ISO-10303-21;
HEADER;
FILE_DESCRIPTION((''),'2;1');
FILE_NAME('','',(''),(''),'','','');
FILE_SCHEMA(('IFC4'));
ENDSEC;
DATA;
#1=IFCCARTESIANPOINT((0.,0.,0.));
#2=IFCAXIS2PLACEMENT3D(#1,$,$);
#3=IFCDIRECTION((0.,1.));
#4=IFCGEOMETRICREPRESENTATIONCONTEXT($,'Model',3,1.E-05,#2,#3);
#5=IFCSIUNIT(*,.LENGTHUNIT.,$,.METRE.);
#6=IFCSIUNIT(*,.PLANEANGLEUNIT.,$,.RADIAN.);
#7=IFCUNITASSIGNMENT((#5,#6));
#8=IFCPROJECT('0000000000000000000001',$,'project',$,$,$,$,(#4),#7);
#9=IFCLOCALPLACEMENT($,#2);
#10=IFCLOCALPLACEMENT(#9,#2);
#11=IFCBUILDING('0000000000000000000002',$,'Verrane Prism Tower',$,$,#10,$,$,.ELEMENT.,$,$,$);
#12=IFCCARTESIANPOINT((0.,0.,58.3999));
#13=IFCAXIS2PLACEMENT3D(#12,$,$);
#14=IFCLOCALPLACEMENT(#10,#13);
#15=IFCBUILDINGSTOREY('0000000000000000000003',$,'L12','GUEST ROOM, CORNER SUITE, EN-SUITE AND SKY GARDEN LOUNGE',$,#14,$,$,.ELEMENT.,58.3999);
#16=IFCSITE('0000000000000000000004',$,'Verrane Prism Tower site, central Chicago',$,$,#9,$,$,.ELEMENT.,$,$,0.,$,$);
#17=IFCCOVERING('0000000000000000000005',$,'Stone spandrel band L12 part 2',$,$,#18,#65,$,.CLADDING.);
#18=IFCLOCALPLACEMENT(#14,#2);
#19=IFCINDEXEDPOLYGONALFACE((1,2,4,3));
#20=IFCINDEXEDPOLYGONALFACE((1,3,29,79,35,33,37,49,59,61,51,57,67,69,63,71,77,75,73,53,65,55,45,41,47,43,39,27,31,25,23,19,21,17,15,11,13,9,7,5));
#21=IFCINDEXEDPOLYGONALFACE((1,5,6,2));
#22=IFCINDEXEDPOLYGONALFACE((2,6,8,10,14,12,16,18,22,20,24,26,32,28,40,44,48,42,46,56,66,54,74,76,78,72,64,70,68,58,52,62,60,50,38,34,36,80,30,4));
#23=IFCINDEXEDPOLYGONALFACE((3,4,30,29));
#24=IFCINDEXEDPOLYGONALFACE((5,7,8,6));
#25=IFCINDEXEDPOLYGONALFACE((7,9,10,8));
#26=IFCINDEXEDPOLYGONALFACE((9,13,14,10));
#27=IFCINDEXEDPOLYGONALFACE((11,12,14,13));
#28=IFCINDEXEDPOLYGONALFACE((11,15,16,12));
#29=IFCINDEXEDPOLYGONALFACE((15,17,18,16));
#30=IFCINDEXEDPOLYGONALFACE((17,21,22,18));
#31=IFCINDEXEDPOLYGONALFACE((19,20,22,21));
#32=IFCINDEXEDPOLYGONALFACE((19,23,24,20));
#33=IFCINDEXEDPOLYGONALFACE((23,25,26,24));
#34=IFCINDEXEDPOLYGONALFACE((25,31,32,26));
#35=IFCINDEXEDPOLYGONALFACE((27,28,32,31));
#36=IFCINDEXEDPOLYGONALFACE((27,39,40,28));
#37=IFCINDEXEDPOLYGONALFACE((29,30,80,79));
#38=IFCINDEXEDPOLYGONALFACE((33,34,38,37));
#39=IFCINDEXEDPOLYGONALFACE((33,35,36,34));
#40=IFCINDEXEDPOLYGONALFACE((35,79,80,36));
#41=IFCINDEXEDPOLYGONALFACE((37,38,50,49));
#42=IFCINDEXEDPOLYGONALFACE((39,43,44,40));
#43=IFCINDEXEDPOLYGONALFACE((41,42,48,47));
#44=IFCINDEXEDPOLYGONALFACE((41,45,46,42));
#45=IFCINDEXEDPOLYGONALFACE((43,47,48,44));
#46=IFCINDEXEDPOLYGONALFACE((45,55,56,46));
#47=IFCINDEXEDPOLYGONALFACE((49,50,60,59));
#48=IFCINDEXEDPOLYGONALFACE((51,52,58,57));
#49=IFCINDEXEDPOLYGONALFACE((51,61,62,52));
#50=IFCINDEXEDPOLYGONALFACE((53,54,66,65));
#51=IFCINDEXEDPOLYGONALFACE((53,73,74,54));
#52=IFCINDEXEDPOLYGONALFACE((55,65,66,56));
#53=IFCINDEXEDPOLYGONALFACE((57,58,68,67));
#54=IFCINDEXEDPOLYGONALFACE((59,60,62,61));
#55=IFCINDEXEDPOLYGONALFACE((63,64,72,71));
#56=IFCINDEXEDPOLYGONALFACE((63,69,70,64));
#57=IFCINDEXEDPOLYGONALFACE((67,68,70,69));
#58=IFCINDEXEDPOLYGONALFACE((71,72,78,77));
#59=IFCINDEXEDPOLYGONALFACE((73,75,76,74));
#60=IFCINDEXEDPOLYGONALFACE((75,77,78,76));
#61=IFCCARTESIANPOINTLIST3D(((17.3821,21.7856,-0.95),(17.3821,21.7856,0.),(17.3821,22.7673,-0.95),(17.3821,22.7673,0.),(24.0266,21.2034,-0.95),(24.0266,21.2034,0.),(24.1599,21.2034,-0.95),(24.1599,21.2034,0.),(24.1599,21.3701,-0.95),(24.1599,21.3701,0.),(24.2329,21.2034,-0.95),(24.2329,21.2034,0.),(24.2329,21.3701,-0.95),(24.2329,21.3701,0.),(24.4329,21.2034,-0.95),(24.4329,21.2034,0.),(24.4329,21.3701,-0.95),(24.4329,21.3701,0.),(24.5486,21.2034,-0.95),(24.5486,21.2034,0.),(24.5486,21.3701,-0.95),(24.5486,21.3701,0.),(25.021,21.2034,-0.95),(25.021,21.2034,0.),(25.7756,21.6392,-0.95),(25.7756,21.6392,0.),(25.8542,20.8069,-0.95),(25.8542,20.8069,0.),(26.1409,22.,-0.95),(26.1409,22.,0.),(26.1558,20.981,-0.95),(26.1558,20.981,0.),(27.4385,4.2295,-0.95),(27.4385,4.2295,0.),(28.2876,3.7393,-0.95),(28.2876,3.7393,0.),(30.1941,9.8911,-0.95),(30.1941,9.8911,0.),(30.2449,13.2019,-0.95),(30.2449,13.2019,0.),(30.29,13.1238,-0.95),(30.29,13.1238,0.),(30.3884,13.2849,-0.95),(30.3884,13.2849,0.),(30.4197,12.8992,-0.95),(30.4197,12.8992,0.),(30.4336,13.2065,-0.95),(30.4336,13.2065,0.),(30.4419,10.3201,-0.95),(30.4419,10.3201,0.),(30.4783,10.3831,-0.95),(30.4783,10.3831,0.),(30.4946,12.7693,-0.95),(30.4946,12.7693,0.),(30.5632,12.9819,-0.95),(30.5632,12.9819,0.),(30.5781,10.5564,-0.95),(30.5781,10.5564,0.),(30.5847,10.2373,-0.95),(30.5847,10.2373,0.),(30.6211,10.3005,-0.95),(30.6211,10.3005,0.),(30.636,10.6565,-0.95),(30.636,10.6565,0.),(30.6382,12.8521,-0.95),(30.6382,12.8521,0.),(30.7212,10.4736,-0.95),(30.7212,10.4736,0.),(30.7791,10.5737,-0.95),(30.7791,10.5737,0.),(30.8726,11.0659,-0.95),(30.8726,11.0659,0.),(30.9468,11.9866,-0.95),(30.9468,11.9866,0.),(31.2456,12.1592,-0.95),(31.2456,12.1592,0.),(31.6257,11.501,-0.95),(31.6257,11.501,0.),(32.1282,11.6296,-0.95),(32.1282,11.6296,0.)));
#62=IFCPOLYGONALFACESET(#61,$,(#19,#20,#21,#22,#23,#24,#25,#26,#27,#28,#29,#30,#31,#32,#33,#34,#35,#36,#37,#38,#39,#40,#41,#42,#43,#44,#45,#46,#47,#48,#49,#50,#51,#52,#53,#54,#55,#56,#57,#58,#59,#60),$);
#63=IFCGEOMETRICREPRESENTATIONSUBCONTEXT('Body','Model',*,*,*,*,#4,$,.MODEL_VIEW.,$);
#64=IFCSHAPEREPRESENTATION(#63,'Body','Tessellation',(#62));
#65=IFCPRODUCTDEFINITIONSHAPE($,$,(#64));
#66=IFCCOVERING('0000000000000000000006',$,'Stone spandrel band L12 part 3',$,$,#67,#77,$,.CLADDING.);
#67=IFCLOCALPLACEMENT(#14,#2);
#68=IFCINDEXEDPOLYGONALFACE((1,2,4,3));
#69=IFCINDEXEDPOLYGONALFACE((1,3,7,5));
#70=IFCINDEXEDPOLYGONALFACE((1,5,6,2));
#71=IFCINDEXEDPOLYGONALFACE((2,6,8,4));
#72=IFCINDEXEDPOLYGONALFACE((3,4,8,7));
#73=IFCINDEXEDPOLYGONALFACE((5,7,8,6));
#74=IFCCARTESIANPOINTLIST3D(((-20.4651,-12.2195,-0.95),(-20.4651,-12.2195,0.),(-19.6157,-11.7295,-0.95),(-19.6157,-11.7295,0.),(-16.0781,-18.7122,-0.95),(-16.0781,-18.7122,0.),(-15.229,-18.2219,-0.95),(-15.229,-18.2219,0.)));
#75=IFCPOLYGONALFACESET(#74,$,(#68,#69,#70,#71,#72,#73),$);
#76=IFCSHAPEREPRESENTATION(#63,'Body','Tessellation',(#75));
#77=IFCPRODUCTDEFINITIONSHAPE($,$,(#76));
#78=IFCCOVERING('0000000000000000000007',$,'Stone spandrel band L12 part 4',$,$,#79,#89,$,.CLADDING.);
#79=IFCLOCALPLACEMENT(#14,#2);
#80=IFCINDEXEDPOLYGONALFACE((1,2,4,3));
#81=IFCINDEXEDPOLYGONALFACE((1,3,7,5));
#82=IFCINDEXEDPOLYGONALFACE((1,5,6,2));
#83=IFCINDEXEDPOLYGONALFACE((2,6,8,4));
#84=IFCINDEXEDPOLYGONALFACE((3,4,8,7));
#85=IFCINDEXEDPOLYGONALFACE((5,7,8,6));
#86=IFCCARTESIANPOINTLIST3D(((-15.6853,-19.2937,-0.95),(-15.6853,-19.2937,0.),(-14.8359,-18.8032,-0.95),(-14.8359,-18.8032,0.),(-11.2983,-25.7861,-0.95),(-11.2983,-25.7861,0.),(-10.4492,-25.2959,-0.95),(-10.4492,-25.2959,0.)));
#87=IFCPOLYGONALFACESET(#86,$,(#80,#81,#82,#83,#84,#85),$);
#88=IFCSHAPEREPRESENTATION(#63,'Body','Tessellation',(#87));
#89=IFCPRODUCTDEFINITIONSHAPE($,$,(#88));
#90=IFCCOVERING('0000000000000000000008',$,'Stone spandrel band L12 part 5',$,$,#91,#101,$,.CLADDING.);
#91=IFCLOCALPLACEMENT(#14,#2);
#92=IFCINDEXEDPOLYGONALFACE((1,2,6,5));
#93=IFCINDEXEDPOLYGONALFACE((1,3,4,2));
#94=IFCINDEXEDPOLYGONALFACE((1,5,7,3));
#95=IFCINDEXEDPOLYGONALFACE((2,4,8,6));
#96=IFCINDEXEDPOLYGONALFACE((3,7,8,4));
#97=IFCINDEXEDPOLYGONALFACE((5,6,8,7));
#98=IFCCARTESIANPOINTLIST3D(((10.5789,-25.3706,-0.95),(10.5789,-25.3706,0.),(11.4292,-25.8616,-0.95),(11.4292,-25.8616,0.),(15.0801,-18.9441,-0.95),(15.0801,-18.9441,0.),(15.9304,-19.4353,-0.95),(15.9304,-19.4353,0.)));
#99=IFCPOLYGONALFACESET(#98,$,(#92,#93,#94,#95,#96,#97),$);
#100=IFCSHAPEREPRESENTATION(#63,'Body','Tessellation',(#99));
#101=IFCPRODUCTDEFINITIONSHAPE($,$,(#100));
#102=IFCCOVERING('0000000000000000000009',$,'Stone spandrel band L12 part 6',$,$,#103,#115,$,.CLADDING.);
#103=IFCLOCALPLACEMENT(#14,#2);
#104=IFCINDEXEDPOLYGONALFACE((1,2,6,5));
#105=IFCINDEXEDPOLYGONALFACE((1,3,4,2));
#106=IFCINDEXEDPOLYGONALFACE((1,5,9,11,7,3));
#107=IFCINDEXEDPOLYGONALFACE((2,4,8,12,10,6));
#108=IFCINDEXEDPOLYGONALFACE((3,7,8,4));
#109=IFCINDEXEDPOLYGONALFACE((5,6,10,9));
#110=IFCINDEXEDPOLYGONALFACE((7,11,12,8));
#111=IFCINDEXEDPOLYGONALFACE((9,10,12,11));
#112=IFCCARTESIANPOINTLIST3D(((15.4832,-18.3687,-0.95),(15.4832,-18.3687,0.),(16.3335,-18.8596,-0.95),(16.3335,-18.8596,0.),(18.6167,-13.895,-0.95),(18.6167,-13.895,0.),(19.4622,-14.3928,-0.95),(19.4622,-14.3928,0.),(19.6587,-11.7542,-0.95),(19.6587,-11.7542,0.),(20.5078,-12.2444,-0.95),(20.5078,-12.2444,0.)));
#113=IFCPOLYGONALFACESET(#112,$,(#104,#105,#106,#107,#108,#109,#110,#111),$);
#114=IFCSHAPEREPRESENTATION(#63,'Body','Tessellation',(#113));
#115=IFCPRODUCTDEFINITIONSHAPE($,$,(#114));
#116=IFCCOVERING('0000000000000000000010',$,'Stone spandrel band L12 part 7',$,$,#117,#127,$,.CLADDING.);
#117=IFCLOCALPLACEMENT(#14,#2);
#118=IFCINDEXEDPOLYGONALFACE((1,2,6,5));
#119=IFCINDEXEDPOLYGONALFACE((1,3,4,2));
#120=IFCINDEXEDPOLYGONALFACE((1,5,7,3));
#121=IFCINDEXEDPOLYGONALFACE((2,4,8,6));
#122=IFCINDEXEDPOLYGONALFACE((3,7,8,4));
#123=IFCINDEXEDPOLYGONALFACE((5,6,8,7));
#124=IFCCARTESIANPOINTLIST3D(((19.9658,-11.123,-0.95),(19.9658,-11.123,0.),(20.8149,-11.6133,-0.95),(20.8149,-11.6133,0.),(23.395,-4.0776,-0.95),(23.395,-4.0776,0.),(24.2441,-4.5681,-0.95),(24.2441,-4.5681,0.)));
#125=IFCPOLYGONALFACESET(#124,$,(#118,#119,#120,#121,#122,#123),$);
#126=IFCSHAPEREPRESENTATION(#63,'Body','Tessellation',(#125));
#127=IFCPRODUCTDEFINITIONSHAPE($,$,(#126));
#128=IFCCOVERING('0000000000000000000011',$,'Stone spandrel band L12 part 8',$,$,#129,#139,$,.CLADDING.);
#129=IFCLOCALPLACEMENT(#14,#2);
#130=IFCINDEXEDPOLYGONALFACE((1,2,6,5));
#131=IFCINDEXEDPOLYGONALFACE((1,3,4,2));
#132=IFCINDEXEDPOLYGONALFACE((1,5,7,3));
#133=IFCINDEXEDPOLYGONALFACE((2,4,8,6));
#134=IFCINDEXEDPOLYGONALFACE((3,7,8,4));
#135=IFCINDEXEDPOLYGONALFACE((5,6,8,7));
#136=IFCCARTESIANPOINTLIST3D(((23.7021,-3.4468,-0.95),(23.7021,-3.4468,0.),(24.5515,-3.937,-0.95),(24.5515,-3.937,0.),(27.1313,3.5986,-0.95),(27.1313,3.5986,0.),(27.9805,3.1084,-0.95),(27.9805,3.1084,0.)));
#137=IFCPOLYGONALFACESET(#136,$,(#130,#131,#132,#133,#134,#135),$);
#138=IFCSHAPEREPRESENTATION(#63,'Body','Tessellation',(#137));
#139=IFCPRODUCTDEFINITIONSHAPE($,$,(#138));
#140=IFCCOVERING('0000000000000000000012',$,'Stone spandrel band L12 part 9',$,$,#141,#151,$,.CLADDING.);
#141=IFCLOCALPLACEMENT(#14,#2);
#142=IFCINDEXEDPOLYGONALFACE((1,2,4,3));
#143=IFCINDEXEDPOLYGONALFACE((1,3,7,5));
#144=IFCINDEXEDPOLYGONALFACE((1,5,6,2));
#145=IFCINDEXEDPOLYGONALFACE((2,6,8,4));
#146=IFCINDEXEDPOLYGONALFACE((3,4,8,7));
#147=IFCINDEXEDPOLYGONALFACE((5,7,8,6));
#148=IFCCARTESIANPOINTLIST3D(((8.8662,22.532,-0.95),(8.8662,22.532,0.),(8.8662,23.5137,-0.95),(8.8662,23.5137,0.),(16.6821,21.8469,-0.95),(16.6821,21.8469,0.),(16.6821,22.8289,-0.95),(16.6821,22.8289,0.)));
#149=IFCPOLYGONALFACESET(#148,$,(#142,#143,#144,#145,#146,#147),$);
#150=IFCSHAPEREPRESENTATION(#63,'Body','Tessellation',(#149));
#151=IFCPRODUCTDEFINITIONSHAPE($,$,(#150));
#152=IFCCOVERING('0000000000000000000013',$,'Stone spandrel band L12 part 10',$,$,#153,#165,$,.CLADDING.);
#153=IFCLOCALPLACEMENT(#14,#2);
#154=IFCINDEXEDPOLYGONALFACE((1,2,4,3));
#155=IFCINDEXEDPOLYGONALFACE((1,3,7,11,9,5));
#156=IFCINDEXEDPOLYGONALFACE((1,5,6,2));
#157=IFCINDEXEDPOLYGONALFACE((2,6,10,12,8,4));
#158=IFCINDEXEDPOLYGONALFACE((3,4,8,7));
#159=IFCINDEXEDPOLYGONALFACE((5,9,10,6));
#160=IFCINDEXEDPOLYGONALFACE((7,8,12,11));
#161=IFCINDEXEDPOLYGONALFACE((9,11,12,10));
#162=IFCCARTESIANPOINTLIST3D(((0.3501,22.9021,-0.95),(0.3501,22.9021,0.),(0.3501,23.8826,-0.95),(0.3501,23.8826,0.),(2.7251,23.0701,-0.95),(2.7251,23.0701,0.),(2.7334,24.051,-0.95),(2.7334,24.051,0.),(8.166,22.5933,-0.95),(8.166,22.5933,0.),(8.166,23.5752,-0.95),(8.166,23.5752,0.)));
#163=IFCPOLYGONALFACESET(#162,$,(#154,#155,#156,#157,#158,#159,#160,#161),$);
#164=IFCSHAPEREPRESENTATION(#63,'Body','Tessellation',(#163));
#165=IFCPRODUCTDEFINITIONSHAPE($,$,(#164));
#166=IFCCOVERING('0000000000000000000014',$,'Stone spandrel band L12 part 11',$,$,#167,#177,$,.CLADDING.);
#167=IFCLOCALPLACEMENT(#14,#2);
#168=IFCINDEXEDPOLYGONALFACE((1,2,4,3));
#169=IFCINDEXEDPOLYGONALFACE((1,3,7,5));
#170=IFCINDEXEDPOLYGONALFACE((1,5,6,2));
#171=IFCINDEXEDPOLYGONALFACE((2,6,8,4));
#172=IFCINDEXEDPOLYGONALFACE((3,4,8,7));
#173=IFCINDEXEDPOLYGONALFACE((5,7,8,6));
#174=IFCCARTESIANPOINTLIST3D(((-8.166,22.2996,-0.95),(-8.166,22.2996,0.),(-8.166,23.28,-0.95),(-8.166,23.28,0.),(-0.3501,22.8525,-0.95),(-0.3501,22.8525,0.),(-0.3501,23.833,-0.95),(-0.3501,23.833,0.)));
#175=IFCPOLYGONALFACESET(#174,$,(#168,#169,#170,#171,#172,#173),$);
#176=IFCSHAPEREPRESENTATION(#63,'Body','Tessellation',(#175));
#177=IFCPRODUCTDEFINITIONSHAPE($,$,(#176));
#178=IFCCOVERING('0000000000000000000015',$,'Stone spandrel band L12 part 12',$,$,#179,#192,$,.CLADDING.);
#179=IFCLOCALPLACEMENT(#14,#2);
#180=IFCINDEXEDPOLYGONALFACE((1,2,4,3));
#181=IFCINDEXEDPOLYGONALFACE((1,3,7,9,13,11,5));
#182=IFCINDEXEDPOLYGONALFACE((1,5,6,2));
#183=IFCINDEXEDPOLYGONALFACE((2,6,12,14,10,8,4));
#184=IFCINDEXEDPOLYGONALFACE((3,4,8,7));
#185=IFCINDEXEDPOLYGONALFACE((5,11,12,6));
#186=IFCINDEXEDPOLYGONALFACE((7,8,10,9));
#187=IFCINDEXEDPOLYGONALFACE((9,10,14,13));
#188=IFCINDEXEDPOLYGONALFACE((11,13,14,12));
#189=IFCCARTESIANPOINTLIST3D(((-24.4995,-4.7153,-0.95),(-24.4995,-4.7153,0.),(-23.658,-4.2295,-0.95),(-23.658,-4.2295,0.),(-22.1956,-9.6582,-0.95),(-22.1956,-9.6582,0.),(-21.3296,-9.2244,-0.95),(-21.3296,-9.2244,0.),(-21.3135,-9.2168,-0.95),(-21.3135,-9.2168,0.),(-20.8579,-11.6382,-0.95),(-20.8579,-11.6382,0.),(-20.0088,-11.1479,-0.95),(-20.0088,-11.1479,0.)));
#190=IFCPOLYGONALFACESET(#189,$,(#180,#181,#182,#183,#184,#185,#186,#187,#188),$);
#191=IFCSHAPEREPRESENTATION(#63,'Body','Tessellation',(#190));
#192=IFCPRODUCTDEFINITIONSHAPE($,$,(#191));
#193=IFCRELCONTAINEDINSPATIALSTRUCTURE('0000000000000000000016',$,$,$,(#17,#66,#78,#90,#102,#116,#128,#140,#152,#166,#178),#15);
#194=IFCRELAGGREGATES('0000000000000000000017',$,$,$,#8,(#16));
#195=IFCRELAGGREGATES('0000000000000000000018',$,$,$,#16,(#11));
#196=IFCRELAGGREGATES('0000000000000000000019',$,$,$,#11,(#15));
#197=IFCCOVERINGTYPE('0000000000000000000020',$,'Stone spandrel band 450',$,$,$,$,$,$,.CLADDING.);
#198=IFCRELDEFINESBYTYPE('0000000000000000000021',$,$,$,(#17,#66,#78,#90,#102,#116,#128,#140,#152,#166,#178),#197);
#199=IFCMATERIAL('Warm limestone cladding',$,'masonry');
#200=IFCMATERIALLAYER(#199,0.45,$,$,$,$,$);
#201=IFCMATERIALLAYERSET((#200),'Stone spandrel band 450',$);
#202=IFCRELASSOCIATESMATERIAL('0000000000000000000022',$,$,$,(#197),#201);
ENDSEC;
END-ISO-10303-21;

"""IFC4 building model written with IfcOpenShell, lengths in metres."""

from ifc_helpers import new_model, si_unit, direction, frame, origin, place, context, subcontext, project, spatial, polyline, outline, extrude, material, layer, layer_set, type_object, element, save


model = new_model("IFC4")

# Units and contexts
model_context = context("Model", 3, precision=1e-05, world=origin(), true_north=direction((0.0, 1.0)))
body_context = subcontext(model_context, "Body", "Model", "MODEL_VIEW")
ifc_project = project(units=[si_unit("LENGTHUNIT", "METRE"), si_unit("PLANEANGLEUNIT", "RADIAN")], contexts=[model_context])

# Site, building, storey
site_placement = place(None, origin())
site = spatial("IfcSite", under=ifc_project, at=site_placement, Name="Verrane Prism Tower site, central Chicago", CompositionType="ELEMENT", RefElevation=0.0)
building_placement = place(site_placement, origin())
building = spatial("IfcBuilding", under=site, at=building_placement, Name="Verrane Prism Tower", CompositionType="ELEMENT")
storey_placement = place(building_placement, frame((0.0, 0.0, 58.3999)))
storey = spatial("IfcBuildingStorey", under=building, at=storey_placement, Name="L12", Description="GUEST ROOM, CORNER SUITE, EN-SUITE AND SKY GARDEN LOUNGE", CompositionType="ELEMENT", Elevation=58.3999)

# Coverings
ifc_material_1 = material(Name="Warm limestone cladding", Category="masonry")
ifc_layer_1 = layer(ifc_material_1, 0.45)
ifc_layer_set_1 = layer_set([ifc_layer_1], Name="Stone spandrel band 450")
covering_type_1 = type_object("IfcCoveringType", Name="Stone spandrel band 450", PredefinedType="CLADDING", material=ifc_layer_set_1)
covering_1_placement = place(storey_placement, frame((0.0, 0.0, -0.95)))
element("IfcCovering", 1, at=covering_1_placement, inside=storey, type_object=covering_type_1, Name="Stone spandrel band L12 part 2", PredefinedType="CLADDING", context=body_context, shape_type="SweptSolid", body=[
    extrude(outline(polyline([(26.1409, 22.0), (17.3821, 22.7673), (17.3821, 21.7856), (24.0266, 21.2034), (24.1599, 21.2034), (24.1599, 21.3701), (24.2329, 21.3701), (24.2329, 21.2034), (24.4329, 21.2034), (24.4329, 21.3701), (24.5486, 21.3701), (24.5486, 21.2034), (25.021, 21.2034), (25.7756, 21.6392), (26.1558, 20.981), (25.8542, 20.8069), (30.2449, 13.2019), (30.3884, 13.2849), (30.4336, 13.2065), (30.29, 13.1238), (30.4197, 12.8992), (30.5632, 12.9819), (30.6382, 12.8521), (30.4946, 12.7693), (30.9468, 11.9866), (31.2456, 12.1592), (31.6257, 11.501), (30.8726, 11.0659), (30.636, 10.6565), (30.7791, 10.5737), (30.7212, 10.4736), (30.5781, 10.5564), (30.4783, 10.3831), (30.6211, 10.3005), (30.5847, 10.2373), (30.4419, 10.3201), (30.1941, 9.8911), (27.4385, 4.2295), (28.2876, 3.7393), (32.1282, 11.6296), (26.1409, 22.0)])), origin(), (0.0, 0.0, 1.0), 0.95),
])
covering_2_placement = place(storey_placement, frame((0.0, 0.0, -0.95)))
element("IfcCovering", 2, at=covering_2_placement, inside=storey, type_object=covering_type_1, Name="Stone spandrel band L12 part 3", PredefinedType="CLADDING", context=body_context, shape_type="SweptSolid", body=[
    extrude(outline(polyline([(-16.0781, -18.7122), (-15.229, -18.2219), (-19.6157, -11.7295), (-20.4651, -12.2195), (-16.0781, -18.7122)])), origin(), (0.0, 0.0, 1.0), 0.95),
])
covering_3_placement = place(storey_placement, frame((0.0, 0.0, -0.95)))
element("IfcCovering", 3, at=covering_3_placement, inside=storey, type_object=covering_type_1, Name="Stone spandrel band L12 part 4", PredefinedType="CLADDING", context=body_context, shape_type="SweptSolid", body=[
    extrude(outline(polyline([(-10.4492, -25.2959), (-14.8359, -18.8032), (-15.6853, -19.2937), (-11.2983, -25.7861), (-10.4492, -25.2959)])), origin(), (0.0, 0.0, 1.0), 0.95),
])
covering_4_placement = place(storey_placement, frame((0.0, 0.0, -0.95)))
element("IfcCovering", 4, at=covering_4_placement, inside=storey, type_object=covering_type_1, Name="Stone spandrel band L12 part 5", PredefinedType="CLADDING", context=body_context, shape_type="SweptSolid", body=[
    extrude(outline(polyline([(15.0801, -18.9441), (10.5789, -25.3706), (11.4292, -25.8616), (15.9304, -19.4353), (15.0801, -18.9441)])), origin(), (0.0, 0.0, 1.0), 0.95),
])
covering_5_placement = place(storey_placement, frame((0.0, 0.0, -0.95)))
element("IfcCovering", 5, at=covering_5_placement, inside=storey, type_object=covering_type_1, Name="Stone spandrel band L12 part 6", PredefinedType="CLADDING", context=body_context, shape_type="SweptSolid", body=[
    extrude(outline(polyline([(19.6587, -11.7542), (18.6167, -13.895), (15.4832, -18.3687), (16.3335, -18.8596), (19.4622, -14.3928), (20.5078, -12.2444), (19.6587, -11.7542)])), origin(), (0.0, 0.0, 1.0), 0.95),
])
covering_6_placement = place(storey_placement, frame((0.0, 0.0, -0.95)))
element("IfcCovering", 6, at=covering_6_placement, inside=storey, type_object=covering_type_1, Name="Stone spandrel band L12 part 7", PredefinedType="CLADDING", context=body_context, shape_type="SweptSolid", body=[
    extrude(outline(polyline([(23.395, -4.0776), (19.9658, -11.123), (20.8149, -11.6133), (24.2441, -4.5681), (23.395, -4.0776)])), origin(), (0.0, 0.0, 1.0), 0.95),
])
covering_7_placement = place(storey_placement, frame((0.0, 0.0, -0.95)))
element("IfcCovering", 7, at=covering_7_placement, inside=storey, type_object=covering_type_1, Name="Stone spandrel band L12 part 8", PredefinedType="CLADDING", context=body_context, shape_type="SweptSolid", body=[
    extrude(outline(polyline([(27.1313, 3.5986), (23.7021, -3.4468), (24.5515, -3.937), (27.9805, 3.1084), (27.1313, 3.5986)])), origin(), (0.0, 0.0, 1.0), 0.95),
])
covering_8_placement = place(storey_placement, frame((0.0, 0.0, -0.95)))
element("IfcCovering", 8, at=covering_8_placement, inside=storey, type_object=covering_type_1, Name="Stone spandrel band L12 part 9", PredefinedType="CLADDING", context=body_context, shape_type="SweptSolid", body=[
    extrude(outline(polyline([(16.6821, 21.8469), (16.6821, 22.8289), (8.8662, 23.5137), (8.8662, 22.532), (16.6821, 21.8469)])), origin(), (0.0, 0.0, 1.0), 0.95),
])
covering_9_placement = place(storey_placement, frame((0.0, 0.0, -0.95)))
element("IfcCovering", 9, at=covering_9_placement, inside=storey, type_object=covering_type_1, Name="Stone spandrel band L12 part 10", PredefinedType="CLADDING", context=body_context, shape_type="SweptSolid", body=[
    extrude(outline(polyline([(8.166, 22.5933), (8.166, 23.5752), (2.7334, 24.051), (0.3501, 23.8826), (0.3501, 22.9021), (2.7251, 23.0701), (8.166, 22.5933)])), origin(), (0.0, 0.0, 1.0), 0.95),
])
covering_10_placement = place(storey_placement, frame((0.0, 0.0, -0.95)))
element("IfcCovering", 10, at=covering_10_placement, inside=storey, type_object=covering_type_1, Name="Stone spandrel band L12 part 11", PredefinedType="CLADDING", context=body_context, shape_type="SweptSolid", body=[
    extrude(outline(polyline([(-0.3501, 22.8525), (-0.3501, 23.833), (-8.166, 23.28), (-8.166, 22.2996), (-0.3501, 22.8525)])), origin(), (0.0, 0.0, 1.0), 0.95),
])
covering_11_placement = place(storey_placement, frame((0.0, 0.0, -0.95)))
element("IfcCovering", 11, at=covering_11_placement, inside=storey, type_object=covering_type_1, Name="Stone spandrel band L12 part 12", PredefinedType="CLADDING", context=body_context, shape_type="SweptSolid", body=[
    extrude(outline(polyline([(-20.8579, -11.6382), (-20.0088, -11.1479), (-21.3135, -9.2168), (-21.3296, -9.2244), (-23.658, -4.2295), (-24.4995, -4.7153), (-22.1956, -9.6582), (-20.8579, -11.6382)])), origin(), (0.0, 0.0, 1.0), 0.95),
])

save(model, "model.ifc")
